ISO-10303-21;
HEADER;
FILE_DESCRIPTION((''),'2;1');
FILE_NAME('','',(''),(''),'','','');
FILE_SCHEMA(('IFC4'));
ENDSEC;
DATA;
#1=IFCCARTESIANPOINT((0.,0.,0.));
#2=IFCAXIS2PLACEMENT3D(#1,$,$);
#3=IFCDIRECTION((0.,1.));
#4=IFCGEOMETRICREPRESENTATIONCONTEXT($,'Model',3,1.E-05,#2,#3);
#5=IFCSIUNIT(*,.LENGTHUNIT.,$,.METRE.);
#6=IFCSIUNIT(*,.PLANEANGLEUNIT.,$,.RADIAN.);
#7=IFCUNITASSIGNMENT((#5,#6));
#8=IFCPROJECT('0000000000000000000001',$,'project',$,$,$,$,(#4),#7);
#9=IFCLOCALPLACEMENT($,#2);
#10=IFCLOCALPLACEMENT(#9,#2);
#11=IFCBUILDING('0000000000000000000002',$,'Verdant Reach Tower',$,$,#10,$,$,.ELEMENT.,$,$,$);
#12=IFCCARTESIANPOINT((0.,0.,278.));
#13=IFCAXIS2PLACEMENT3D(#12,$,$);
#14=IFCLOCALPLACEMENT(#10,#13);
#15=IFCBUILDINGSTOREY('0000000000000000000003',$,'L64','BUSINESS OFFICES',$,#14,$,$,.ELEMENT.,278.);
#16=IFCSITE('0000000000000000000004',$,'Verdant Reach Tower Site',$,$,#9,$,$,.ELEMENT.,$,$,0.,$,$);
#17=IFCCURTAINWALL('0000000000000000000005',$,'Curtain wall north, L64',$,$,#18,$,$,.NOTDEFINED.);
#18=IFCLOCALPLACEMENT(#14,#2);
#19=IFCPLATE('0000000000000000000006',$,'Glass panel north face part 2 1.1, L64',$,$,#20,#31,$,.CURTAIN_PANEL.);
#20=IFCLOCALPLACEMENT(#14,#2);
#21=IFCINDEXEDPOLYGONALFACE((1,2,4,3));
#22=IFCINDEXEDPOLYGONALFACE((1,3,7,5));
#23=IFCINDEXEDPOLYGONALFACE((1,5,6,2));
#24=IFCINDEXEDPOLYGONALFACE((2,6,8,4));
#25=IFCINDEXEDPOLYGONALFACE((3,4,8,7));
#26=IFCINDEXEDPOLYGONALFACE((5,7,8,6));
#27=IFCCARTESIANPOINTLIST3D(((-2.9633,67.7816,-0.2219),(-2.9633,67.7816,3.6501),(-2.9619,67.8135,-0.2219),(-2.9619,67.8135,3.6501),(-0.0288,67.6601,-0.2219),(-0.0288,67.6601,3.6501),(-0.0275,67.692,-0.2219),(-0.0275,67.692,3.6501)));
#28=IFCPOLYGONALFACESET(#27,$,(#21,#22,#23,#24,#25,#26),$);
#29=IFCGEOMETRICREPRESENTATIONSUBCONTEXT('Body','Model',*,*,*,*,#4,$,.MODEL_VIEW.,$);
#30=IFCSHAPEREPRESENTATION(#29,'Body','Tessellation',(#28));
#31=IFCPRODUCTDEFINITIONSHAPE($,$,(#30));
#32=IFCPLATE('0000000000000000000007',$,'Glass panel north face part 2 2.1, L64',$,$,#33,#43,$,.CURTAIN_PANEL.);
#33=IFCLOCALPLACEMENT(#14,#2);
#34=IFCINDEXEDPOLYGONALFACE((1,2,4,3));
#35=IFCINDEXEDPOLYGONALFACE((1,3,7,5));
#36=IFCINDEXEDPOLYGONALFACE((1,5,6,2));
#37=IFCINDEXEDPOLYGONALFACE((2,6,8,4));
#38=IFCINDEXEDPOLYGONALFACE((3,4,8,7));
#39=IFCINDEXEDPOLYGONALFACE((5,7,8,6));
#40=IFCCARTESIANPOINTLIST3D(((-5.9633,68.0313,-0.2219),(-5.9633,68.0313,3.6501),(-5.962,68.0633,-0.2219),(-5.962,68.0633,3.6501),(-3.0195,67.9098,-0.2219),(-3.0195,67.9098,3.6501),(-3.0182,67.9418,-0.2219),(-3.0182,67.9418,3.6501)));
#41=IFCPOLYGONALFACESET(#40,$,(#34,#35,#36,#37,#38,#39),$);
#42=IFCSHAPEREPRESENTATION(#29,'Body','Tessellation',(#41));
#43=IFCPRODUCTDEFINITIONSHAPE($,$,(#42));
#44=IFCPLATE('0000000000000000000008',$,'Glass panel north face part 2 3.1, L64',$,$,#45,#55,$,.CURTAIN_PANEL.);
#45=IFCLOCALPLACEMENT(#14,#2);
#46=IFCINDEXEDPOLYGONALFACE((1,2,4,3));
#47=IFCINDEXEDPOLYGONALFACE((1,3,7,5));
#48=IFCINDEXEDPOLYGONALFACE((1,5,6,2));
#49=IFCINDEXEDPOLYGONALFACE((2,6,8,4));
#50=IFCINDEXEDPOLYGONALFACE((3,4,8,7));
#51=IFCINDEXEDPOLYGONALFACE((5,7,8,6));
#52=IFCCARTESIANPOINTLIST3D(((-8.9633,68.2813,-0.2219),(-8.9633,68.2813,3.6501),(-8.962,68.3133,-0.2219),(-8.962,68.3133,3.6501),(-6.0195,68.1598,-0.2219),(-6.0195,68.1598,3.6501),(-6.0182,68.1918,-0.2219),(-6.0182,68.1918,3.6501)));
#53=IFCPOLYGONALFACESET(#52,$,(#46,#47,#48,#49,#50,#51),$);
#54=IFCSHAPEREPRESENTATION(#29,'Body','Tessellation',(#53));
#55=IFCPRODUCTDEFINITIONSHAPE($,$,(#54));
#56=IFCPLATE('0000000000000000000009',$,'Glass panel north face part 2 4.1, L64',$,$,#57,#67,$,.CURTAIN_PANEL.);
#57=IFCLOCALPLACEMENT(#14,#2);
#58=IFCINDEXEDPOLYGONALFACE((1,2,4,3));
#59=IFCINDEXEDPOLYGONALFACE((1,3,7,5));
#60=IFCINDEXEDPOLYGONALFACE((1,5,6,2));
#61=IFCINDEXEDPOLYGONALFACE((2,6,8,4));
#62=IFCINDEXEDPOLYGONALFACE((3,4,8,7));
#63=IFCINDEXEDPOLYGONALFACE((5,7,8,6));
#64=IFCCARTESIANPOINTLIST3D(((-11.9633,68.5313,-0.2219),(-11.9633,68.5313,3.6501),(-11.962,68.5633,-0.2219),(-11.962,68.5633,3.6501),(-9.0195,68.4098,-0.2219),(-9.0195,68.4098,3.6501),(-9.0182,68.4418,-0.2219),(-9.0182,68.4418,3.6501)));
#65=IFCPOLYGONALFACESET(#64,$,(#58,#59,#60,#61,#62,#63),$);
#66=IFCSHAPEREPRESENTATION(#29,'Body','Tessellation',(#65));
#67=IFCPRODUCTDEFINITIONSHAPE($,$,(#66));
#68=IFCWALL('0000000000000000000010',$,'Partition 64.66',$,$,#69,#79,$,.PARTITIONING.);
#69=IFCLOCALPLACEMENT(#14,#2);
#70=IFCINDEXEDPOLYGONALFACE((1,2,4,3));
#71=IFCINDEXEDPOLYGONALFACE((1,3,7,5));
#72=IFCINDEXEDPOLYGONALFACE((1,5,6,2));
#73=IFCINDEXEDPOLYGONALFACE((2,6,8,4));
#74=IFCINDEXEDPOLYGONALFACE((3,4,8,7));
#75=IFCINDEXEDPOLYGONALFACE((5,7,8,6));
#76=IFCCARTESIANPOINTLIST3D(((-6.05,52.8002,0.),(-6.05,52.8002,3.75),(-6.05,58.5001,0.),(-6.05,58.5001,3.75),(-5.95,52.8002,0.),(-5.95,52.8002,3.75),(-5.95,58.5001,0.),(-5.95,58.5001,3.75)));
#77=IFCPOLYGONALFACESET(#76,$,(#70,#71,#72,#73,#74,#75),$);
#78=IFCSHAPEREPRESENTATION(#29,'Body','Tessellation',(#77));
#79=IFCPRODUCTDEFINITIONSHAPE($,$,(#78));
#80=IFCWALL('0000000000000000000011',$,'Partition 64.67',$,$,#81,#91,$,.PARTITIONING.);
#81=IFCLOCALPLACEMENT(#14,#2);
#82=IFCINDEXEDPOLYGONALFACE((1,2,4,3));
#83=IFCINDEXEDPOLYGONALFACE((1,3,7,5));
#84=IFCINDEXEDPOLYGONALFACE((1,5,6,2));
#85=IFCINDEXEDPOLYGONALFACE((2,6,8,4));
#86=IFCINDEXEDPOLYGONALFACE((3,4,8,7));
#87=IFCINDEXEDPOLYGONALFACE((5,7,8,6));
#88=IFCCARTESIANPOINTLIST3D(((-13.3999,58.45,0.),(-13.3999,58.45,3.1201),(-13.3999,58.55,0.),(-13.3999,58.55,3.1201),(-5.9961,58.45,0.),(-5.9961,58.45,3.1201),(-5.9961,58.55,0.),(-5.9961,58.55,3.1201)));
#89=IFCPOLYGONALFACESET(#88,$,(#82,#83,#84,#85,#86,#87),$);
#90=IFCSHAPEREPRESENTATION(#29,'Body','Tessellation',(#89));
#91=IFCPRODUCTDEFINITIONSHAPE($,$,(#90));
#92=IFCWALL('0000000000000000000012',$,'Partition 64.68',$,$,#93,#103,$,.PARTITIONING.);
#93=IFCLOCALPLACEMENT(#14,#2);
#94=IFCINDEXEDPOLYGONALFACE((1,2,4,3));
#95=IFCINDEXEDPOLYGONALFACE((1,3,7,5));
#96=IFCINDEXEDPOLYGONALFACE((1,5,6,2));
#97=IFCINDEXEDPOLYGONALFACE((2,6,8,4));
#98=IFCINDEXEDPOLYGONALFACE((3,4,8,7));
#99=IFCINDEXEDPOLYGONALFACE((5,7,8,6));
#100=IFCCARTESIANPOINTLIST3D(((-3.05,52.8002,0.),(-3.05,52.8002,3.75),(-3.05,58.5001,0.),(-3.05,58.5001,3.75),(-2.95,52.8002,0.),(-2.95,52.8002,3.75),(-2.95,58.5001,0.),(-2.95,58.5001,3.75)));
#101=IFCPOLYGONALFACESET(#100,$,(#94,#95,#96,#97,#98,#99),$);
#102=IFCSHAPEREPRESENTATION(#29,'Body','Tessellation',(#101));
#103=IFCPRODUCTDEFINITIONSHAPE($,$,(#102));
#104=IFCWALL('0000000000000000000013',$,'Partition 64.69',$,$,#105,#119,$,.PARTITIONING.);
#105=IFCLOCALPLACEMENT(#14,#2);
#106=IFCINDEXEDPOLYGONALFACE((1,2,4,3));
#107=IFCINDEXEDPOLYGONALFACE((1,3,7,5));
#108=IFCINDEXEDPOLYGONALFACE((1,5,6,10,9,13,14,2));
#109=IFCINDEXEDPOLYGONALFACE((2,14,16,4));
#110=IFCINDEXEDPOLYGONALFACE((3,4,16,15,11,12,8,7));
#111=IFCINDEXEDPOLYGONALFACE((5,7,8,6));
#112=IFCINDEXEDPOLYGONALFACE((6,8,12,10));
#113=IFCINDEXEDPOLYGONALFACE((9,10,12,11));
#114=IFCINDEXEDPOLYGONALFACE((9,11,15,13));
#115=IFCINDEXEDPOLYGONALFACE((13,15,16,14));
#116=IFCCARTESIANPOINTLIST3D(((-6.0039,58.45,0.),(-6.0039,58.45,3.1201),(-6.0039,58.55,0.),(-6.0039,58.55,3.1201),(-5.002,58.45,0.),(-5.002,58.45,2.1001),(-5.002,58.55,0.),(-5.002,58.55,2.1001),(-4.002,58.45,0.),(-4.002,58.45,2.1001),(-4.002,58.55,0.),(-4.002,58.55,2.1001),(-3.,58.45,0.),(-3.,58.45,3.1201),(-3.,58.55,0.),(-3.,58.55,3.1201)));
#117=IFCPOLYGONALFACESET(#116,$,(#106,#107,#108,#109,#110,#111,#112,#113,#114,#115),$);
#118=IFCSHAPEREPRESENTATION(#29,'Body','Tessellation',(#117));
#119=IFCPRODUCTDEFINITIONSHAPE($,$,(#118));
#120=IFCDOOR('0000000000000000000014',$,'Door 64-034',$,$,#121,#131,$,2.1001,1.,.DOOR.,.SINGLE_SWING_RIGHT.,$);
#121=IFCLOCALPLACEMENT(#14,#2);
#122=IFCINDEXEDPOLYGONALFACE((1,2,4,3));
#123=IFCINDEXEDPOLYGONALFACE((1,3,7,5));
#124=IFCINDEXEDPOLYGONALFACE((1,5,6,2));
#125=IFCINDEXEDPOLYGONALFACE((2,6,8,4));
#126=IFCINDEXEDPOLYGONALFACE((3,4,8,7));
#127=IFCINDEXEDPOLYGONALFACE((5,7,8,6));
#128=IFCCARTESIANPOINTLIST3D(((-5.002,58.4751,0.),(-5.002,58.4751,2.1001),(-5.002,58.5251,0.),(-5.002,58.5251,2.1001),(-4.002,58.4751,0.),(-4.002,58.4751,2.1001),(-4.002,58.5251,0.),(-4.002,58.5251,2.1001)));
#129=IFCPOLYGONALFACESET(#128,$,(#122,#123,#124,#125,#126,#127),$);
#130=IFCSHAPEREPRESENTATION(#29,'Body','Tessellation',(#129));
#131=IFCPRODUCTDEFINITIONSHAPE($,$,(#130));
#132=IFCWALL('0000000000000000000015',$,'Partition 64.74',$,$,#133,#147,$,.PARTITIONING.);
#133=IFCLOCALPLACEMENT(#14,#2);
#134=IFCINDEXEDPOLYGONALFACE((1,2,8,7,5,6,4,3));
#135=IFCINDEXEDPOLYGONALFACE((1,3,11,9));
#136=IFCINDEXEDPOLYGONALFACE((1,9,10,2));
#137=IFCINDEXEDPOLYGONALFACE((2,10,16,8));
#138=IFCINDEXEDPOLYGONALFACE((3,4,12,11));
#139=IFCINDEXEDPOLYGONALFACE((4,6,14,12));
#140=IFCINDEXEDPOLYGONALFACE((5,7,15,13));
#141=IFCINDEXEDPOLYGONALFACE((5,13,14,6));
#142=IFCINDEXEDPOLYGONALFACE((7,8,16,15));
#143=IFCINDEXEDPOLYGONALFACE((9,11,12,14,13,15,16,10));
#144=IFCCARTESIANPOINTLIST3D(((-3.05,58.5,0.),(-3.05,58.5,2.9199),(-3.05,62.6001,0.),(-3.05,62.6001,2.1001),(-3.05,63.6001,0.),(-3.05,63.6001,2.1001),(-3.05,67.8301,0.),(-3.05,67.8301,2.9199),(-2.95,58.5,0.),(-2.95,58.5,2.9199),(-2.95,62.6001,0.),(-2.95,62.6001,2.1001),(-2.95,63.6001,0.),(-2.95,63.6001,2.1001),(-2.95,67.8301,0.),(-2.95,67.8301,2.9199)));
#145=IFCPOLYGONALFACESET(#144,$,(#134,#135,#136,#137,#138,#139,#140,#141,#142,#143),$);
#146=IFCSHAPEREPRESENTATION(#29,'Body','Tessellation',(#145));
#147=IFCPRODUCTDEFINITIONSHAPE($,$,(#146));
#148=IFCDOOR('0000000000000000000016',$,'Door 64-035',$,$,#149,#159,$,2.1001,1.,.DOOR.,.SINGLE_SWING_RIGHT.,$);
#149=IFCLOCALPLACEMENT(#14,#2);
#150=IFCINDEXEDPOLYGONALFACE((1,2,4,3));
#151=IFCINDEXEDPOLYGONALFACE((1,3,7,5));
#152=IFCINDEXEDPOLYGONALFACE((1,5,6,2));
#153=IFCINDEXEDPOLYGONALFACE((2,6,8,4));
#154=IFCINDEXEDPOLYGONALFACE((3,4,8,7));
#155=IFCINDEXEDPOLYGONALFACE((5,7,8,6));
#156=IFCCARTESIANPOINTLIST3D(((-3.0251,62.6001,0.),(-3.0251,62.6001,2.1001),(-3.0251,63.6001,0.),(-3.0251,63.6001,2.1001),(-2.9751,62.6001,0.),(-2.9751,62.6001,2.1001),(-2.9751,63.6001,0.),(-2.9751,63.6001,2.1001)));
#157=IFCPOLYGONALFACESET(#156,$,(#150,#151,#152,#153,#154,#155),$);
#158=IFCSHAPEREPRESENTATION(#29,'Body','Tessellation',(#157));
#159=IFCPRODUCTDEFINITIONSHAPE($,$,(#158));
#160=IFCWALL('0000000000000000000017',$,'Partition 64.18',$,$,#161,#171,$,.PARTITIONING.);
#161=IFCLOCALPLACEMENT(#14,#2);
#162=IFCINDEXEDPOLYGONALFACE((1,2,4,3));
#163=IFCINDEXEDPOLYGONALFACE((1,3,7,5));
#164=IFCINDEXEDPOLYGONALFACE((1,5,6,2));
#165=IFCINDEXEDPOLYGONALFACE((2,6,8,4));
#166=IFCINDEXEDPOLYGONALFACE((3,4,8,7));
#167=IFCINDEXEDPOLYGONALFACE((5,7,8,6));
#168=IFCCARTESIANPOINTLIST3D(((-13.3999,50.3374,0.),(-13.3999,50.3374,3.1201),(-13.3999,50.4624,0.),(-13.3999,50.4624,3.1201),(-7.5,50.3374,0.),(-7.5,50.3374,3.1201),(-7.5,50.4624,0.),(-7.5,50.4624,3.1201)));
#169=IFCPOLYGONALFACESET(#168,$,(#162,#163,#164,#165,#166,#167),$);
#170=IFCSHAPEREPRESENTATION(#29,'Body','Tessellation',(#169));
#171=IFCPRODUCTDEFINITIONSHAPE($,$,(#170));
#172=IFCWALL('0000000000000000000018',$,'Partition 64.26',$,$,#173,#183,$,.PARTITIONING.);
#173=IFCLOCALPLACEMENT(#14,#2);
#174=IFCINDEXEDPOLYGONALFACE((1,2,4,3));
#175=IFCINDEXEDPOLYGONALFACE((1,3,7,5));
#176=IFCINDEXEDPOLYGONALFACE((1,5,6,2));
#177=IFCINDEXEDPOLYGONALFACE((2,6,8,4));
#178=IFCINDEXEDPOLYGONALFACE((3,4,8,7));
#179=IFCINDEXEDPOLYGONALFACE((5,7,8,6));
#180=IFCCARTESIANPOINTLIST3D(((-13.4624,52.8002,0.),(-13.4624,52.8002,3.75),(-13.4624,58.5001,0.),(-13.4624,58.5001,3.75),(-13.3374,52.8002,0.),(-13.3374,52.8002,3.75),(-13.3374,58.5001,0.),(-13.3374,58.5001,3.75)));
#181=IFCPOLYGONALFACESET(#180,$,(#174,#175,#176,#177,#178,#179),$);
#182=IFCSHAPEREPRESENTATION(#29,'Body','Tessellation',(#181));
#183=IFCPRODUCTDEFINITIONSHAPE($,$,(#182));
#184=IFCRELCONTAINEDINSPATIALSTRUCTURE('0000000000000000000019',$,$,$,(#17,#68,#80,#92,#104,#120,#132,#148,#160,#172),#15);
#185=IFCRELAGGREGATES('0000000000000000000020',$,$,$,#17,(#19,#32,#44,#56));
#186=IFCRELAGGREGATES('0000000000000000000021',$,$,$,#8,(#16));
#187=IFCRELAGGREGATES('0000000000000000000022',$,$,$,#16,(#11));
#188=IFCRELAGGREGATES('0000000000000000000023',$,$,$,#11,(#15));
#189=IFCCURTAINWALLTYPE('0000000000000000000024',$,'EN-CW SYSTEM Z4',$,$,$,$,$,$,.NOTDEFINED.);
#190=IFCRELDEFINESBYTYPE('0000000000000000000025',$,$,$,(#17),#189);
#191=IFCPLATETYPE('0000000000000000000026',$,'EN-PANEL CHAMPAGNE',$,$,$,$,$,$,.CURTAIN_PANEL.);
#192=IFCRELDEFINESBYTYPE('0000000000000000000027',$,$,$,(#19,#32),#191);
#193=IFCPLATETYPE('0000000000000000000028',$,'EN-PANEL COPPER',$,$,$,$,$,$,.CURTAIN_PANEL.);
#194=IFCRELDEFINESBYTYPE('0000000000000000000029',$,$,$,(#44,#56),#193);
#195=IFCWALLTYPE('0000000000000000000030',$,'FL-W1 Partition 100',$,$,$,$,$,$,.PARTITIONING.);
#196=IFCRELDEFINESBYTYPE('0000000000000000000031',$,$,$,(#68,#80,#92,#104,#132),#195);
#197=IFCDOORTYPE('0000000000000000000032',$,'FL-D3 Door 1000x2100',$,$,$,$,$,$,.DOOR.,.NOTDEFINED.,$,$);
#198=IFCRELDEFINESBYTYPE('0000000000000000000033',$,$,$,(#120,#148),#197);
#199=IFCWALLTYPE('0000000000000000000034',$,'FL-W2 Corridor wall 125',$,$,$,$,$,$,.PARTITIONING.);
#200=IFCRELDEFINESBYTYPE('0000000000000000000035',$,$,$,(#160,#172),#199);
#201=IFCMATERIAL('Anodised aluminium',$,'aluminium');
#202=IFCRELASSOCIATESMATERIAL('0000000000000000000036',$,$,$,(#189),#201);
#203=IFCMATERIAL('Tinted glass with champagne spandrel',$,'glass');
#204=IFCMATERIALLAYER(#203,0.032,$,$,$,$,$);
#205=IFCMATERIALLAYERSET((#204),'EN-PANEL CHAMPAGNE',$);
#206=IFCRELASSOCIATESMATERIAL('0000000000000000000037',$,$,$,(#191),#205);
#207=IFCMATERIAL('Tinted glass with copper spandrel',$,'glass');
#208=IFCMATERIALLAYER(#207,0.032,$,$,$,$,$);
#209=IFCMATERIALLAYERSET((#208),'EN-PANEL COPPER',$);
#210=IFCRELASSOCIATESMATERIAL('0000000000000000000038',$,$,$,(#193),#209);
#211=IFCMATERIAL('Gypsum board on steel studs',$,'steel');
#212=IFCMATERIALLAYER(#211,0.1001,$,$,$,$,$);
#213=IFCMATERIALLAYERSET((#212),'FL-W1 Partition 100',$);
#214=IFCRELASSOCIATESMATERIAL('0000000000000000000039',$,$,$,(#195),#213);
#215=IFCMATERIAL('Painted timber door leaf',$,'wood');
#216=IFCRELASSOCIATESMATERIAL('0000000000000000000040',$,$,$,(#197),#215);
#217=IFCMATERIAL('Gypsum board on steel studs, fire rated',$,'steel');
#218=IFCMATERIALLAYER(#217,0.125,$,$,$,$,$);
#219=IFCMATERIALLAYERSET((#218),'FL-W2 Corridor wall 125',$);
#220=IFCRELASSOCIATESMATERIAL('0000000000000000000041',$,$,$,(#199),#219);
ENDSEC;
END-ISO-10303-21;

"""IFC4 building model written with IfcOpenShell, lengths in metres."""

from ifc_helpers import new_model, si_unit, direction, frame, frame_2d, origin, origin_2d, place, context, subcontext, project, spatial, rectangle, extrude, material, layer, layer_set, type_object, element, fill, aggregate, save


model = new_model("IFC4")

# Units and contexts
model_context = context("Model", 3, precision=1e-05, world=origin(), true_north=direction((0.0, 1.0)))
body_context = subcontext(model_context, "Body", "Model", "MODEL_VIEW")
ifc_project = project(units=[si_unit("LENGTHUNIT", "METRE"), si_unit("PLANEANGLEUNIT", "RADIAN")], contexts=[model_context])

# Site, building, storey
site_placement = place(None, origin())
site = spatial("IfcSite", under=ifc_project, at=site_placement, Name="Verdant Reach Tower Site", CompositionType="ELEMENT", RefElevation=0.0)
building_placement = place(site_placement, origin())
building = spatial("IfcBuilding", under=site, at=building_placement, Name="Verdant Reach Tower", CompositionType="ELEMENT")
storey_placement = place(building_placement, frame((0.0, 0.0, 278.0)))
storey = spatial("IfcBuildingStorey", under=building, at=storey_placement, Name="L64", Description="BUSINESS OFFICES", CompositionType="ELEMENT", Elevation=278.0)

# Curtain wall
ifc_material_1 = material(Name="Anodised aluminium", Category="aluminium")
curtain_wall_type = type_object("IfcCurtainWallType", Name="EN-CW SYSTEM Z4", PredefinedType="NOTDEFINED", material=ifc_material_1)
curtain_wall_placement = place(storey_placement, origin())
curtain_wall = element("IfcCurtainWall", 1, at=curtain_wall_placement, inside=storey, type_object=curtain_wall_type, Name="Curtain wall north, L64", PredefinedType="NOTDEFINED")

# Plates
ifc_material_2 = material(Name="Tinted glass with champagne spandrel", Category="glass")
ifc_layer_1 = layer(ifc_material_2, 0.032)
ifc_layer_set_1 = layer_set([ifc_layer_1], Name="EN-PANEL CHAMPAGNE")
plate_type_1 = type_object("IfcPlateType", Name="EN-PANEL CHAMPAGNE", PredefinedType="CURTAIN_PANEL", material=ifc_layer_set_1)
plate_1_placement = place(storey_placement, frame((-1.4954, 67.7368, -0.2219), z_axis=(0.0, 0.0, 1.0), x_axis=(-0.999144, 0.04137, 0.0)))
plate_1 = element("IfcPlate", 2, at=plate_1_placement, type_object=plate_type_1, Name="Glass panel north face part 2 1.1, L64", PredefinedType="CURTAIN_PANEL", context=body_context, shape_type="SweptSolid", body=[
    extrude(rectangle(XDim=2.937, YDim=0.032, at=origin_2d()), origin(), (0.0, 0.0, 1.0), 3.8721),
])
plate_2_placement = place(storey_placement, frame((-4.4907, 67.9866, -0.2219), z_axis=(0.0, 0.0, 1.0), x_axis=(-0.999149, 0.041242, 0.0)))
plate_2 = element("IfcPlate", 3, at=plate_2_placement, type_object=plate_type_1, Name="Glass panel north face part 2 2.1, L64", PredefinedType="CURTAIN_PANEL", context=body_context, shape_type="SweptSolid", body=[
    extrude(rectangle(XDim=2.9463, YDim=0.032, at=origin_2d()), origin(), (0.0, 0.0, 1.0), 3.8721),
])
ifc_material_3 = material(Name="Tinted glass with copper spandrel", Category="glass")
ifc_layer_2 = layer(ifc_material_3, 0.032)
ifc_layer_set_2 = layer_set([ifc_layer_2], Name="EN-PANEL COPPER")
plate_type_2 = type_object("IfcPlateType", Name="EN-PANEL COPPER", PredefinedType="CURTAIN_PANEL", material=ifc_layer_set_2)
plate_3_placement = place(storey_placement, frame((-7.4907, 68.2366, -0.2219), z_axis=(0.0, 0.0, 1.0), x_axis=(-0.999149, 0.041242, 0.0)))
plate_3 = element("IfcPlate", 4, at=plate_3_placement, type_object=plate_type_2, Name="Glass panel north face part 2 3.1, L64", PredefinedType="CURTAIN_PANEL", context=body_context, shape_type="SweptSolid", body=[
    extrude(rectangle(XDim=2.9463, YDim=0.032, at=origin_2d()), origin(), (0.0, 0.0, 1.0), 3.8721),
])
plate_4_placement = place(storey_placement, frame((-10.4907, 68.4866, -0.2219), z_axis=(0.0, 0.0, 1.0), x_axis=(-0.999149, 0.041242, 0.0)))
plate_4 = element("IfcPlate", 5, at=plate_4_placement, type_object=plate_type_2, Name="Glass panel north face part 2 4.1, L64", PredefinedType="CURTAIN_PANEL", context=body_context, shape_type="SweptSolid", body=[
    extrude(rectangle(XDim=2.9463, YDim=0.032, at=origin_2d()), origin(), (0.0, 0.0, 1.0), 3.8721),
])
aggregate(curtain_wall, [plate_1, plate_2, plate_3, plate_4])

# Walls
ifc_material_4 = material(Name="Gypsum board on steel studs", Category="steel")
ifc_layer_3 = layer(ifc_material_4, 0.1001)
ifc_layer_set_3 = layer_set([ifc_layer_3], Name="FL-W1 Partition 100")
wall_type_1 = type_object("IfcWallType", Name="FL-W1 Partition 100", PredefinedType="PARTITIONING", material=ifc_layer_set_3)
wall_1_placement = place(storey_placement, frame((-6.0, 52.8, 0.0), z_axis=(0.0, 0.0, 1.0), x_axis=(0.0, 1.0, 0.0)))
element("IfcWall", 6, at=wall_1_placement, inside=storey, type_object=wall_type_1, Name="Partition 64.66", PredefinedType="PARTITIONING", context=body_context, shape_type="SweptSolid", body=[
    extrude(rectangle(XDim=5.7, YDim=0.1001, at=frame_2d((2.8501, 0.0))), origin(), (0.0, 0.0, 1.0), 3.75),
])
wall_2_placement = place(storey_placement, frame((-5.9961, 58.5, 0.0), z_axis=(0.0, 0.0, 1.0), x_axis=(-1.0, 0.0, 0.0)))
element("IfcWall", 7, at=wall_2_placement, inside=storey, type_object=wall_type_1, Name="Partition 64.67", PredefinedType="PARTITIONING", context=body_context, shape_type="SweptSolid", body=[
    extrude(rectangle(XDim=7.4038, YDim=0.1001, at=frame_2d((3.7019, 0.0))), origin(), (0.0, 0.0, 1.0), 3.1201),
])
wall_3_placement = place(storey_placement, frame((-3.0, 52.8, 0.0), z_axis=(0.0, 0.0, 1.0), x_axis=(0.0, 1.0, 0.0)))
element("IfcWall", 8, at=wall_3_placement, inside=storey, type_object=wall_type_1, Name="Partition 64.68", PredefinedType="PARTITIONING", context=body_context, shape_type="SweptSolid", body=[
    extrude(rectangle(XDim=5.7, YDim=0.1001, at=frame_2d((2.8501, 0.0))), origin(), (0.0, 0.0, 1.0), 3.75),
])

# Walls, openings, doors
wall_4_placement = place(storey_placement, frame((-3.0, 58.5, 0.0), z_axis=(0.0, 0.0, 1.0), x_axis=(-1.0, 0.0, 0.0)))
wall_4 = element("IfcWall", 9, at=wall_4_placement, inside=storey, type_object=wall_type_1, Name="Partition 64.69", PredefinedType="PARTITIONING", context=body_context, shape_type="SweptSolid", body=[
    extrude(rectangle(XDim=3.0039, YDim=0.1001, at=frame_2d((1.502, 0.0))), origin(), (0.0, 0.0, 1.0), 3.1201),
])
opening_1_placement = place(wall_4_placement, frame((1.002, 0.0, 0.0)))
opening_1 = element("IfcOpeningElement", 10, at=opening_1_placement, cuts=wall_4, PredefinedType="OPENING", context=body_context, shape_type="SweptSolid", body=[
    extrude(rectangle(XDim=1.0, YDim=2.1001, at=frame_2d((0.5, 1.05))), frame((0.0, 0.0601, 0.0), z_axis=(0.0, -1.0, 0.0), x_axis=(1.0, 0.0, 0.0)), (0.0, 0.0, 1.0), 0.1201),
])
ifc_material_5 = material(Name="Painted timber door leaf", Category="wood")
door_type_1 = type_object("IfcDoorType", Name="FL-D3 Door 1000x2100", OperationType="NOTDEFINED", PredefinedType="DOOR", material=ifc_material_5)
door_1_placement = place(opening_1_placement, origin())
door_1 = element("IfcDoor", 11, at=door_1_placement, inside=storey, type_object=door_type_1, Name="Door 64-034", OperationType="SINGLE_SWING_RIGHT", OverallHeight=2.1001, OverallWidth=1.0, PredefinedType="DOOR", context=body_context, shape_type="SweptSolid", body=[
    extrude(rectangle(XDim=1.0, YDim=2.1001, at=frame_2d((0.5, 1.05))), frame((0.0, 0.0249, 0.0), z_axis=(0.0, -1.0, 0.0), x_axis=(1.0, 0.0, 0.0)), (0.0, 0.0, 1.0), 0.05),
])
fill(opening_1, door_1)
wall_5_placement = place(storey_placement, frame((-3.0, 67.8301, 0.0), z_axis=(0.0, 0.0, 1.0), x_axis=(0.0, -1.0, 0.0)))
wall_5 = element("IfcWall", 12, at=wall_5_placement, inside=storey, type_object=wall_type_1, Name="Partition 64.74", PredefinedType="PARTITIONING", context=body_context, shape_type="SweptSolid", body=[
    extrude(rectangle(XDim=9.3301, YDim=0.1001, at=frame_2d((4.665, 0.0))), origin(), (0.0, 0.0, 1.0), 2.9199),
])
opening_2_placement = place(wall_5_placement, frame((4.23, 0.0, 0.0)))
opening_2 = element("IfcOpeningElement", 13, at=opening_2_placement, cuts=wall_5, PredefinedType="OPENING", context=body_context, shape_type="SweptSolid", body=[
    extrude(rectangle(XDim=1.0, YDim=2.1001, at=frame_2d((0.5, 1.05))), frame((0.0, 0.0601, 0.0), z_axis=(0.0, -1.0, 0.0), x_axis=(1.0, 0.0, 0.0)), (0.0, 0.0, 1.0), 0.1201),
])
door_2_placement = place(opening_2_placement, origin())
door_2 = element("IfcDoor", 14, at=door_2_placement, inside=storey, type_object=door_type_1, Name="Door 64-035", OperationType="SINGLE_SWING_RIGHT", OverallHeight=2.1001, OverallWidth=1.0, PredefinedType="DOOR", context=body_context, shape_type="SweptSolid", body=[
    extrude(rectangle(XDim=1.0, YDim=2.1001, at=frame_2d((0.5, 1.05))), frame((0.0, 0.0249, 0.0), z_axis=(0.0, -1.0, 0.0), x_axis=(1.0, 0.0, 0.0)), (0.0, 0.0, 1.0), 0.05),
])
fill(opening_2, door_2)

# Walls
ifc_material_6 = material(Name="Gypsum board on steel studs, fire rated", Category="steel")
ifc_layer_4 = layer(ifc_material_6, 0.125)
ifc_layer_set_4 = layer_set([ifc_layer_4], Name="FL-W2 Corridor wall 125")
wall_type_2 = type_object("IfcWallType", Name="FL-W2 Corridor wall 125", PredefinedType="PARTITIONING", material=ifc_layer_set_4)
wall_6_placement = place(storey_placement, frame((-7.5, 50.3999, 0.0), z_axis=(0.0, 0.0, 1.0), x_axis=(-1.0, 0.0, 0.0)))
element("IfcWall", 15, at=wall_6_placement, inside=storey, type_object=wall_type_2, Name="Partition 64.18", PredefinedType="PARTITIONING", context=body_context, shape_type="SweptSolid", body=[
    extrude(rectangle(XDim=5.8999, YDim=0.125, at=frame_2d((2.95, 0.0))), origin(), (0.0, 0.0, 1.0), 3.1201),
])
wall_7_placement = place(storey_placement, frame((-13.3999, 52.8, 0.0), z_axis=(0.0, 0.0, 1.0), x_axis=(0.0, 1.0, 0.0)))
element("IfcWall", 16, at=wall_7_placement, inside=storey, type_object=wall_type_2, Name="Partition 64.26", PredefinedType="PARTITIONING", context=body_context, shape_type="SweptSolid", body=[
    extrude(rectangle(XDim=5.7, YDim=0.125, at=frame_2d((2.8501, 0.0))), origin(), (0.0, 0.0, 1.0), 3.75),
])

save(model, "model.ifc")
